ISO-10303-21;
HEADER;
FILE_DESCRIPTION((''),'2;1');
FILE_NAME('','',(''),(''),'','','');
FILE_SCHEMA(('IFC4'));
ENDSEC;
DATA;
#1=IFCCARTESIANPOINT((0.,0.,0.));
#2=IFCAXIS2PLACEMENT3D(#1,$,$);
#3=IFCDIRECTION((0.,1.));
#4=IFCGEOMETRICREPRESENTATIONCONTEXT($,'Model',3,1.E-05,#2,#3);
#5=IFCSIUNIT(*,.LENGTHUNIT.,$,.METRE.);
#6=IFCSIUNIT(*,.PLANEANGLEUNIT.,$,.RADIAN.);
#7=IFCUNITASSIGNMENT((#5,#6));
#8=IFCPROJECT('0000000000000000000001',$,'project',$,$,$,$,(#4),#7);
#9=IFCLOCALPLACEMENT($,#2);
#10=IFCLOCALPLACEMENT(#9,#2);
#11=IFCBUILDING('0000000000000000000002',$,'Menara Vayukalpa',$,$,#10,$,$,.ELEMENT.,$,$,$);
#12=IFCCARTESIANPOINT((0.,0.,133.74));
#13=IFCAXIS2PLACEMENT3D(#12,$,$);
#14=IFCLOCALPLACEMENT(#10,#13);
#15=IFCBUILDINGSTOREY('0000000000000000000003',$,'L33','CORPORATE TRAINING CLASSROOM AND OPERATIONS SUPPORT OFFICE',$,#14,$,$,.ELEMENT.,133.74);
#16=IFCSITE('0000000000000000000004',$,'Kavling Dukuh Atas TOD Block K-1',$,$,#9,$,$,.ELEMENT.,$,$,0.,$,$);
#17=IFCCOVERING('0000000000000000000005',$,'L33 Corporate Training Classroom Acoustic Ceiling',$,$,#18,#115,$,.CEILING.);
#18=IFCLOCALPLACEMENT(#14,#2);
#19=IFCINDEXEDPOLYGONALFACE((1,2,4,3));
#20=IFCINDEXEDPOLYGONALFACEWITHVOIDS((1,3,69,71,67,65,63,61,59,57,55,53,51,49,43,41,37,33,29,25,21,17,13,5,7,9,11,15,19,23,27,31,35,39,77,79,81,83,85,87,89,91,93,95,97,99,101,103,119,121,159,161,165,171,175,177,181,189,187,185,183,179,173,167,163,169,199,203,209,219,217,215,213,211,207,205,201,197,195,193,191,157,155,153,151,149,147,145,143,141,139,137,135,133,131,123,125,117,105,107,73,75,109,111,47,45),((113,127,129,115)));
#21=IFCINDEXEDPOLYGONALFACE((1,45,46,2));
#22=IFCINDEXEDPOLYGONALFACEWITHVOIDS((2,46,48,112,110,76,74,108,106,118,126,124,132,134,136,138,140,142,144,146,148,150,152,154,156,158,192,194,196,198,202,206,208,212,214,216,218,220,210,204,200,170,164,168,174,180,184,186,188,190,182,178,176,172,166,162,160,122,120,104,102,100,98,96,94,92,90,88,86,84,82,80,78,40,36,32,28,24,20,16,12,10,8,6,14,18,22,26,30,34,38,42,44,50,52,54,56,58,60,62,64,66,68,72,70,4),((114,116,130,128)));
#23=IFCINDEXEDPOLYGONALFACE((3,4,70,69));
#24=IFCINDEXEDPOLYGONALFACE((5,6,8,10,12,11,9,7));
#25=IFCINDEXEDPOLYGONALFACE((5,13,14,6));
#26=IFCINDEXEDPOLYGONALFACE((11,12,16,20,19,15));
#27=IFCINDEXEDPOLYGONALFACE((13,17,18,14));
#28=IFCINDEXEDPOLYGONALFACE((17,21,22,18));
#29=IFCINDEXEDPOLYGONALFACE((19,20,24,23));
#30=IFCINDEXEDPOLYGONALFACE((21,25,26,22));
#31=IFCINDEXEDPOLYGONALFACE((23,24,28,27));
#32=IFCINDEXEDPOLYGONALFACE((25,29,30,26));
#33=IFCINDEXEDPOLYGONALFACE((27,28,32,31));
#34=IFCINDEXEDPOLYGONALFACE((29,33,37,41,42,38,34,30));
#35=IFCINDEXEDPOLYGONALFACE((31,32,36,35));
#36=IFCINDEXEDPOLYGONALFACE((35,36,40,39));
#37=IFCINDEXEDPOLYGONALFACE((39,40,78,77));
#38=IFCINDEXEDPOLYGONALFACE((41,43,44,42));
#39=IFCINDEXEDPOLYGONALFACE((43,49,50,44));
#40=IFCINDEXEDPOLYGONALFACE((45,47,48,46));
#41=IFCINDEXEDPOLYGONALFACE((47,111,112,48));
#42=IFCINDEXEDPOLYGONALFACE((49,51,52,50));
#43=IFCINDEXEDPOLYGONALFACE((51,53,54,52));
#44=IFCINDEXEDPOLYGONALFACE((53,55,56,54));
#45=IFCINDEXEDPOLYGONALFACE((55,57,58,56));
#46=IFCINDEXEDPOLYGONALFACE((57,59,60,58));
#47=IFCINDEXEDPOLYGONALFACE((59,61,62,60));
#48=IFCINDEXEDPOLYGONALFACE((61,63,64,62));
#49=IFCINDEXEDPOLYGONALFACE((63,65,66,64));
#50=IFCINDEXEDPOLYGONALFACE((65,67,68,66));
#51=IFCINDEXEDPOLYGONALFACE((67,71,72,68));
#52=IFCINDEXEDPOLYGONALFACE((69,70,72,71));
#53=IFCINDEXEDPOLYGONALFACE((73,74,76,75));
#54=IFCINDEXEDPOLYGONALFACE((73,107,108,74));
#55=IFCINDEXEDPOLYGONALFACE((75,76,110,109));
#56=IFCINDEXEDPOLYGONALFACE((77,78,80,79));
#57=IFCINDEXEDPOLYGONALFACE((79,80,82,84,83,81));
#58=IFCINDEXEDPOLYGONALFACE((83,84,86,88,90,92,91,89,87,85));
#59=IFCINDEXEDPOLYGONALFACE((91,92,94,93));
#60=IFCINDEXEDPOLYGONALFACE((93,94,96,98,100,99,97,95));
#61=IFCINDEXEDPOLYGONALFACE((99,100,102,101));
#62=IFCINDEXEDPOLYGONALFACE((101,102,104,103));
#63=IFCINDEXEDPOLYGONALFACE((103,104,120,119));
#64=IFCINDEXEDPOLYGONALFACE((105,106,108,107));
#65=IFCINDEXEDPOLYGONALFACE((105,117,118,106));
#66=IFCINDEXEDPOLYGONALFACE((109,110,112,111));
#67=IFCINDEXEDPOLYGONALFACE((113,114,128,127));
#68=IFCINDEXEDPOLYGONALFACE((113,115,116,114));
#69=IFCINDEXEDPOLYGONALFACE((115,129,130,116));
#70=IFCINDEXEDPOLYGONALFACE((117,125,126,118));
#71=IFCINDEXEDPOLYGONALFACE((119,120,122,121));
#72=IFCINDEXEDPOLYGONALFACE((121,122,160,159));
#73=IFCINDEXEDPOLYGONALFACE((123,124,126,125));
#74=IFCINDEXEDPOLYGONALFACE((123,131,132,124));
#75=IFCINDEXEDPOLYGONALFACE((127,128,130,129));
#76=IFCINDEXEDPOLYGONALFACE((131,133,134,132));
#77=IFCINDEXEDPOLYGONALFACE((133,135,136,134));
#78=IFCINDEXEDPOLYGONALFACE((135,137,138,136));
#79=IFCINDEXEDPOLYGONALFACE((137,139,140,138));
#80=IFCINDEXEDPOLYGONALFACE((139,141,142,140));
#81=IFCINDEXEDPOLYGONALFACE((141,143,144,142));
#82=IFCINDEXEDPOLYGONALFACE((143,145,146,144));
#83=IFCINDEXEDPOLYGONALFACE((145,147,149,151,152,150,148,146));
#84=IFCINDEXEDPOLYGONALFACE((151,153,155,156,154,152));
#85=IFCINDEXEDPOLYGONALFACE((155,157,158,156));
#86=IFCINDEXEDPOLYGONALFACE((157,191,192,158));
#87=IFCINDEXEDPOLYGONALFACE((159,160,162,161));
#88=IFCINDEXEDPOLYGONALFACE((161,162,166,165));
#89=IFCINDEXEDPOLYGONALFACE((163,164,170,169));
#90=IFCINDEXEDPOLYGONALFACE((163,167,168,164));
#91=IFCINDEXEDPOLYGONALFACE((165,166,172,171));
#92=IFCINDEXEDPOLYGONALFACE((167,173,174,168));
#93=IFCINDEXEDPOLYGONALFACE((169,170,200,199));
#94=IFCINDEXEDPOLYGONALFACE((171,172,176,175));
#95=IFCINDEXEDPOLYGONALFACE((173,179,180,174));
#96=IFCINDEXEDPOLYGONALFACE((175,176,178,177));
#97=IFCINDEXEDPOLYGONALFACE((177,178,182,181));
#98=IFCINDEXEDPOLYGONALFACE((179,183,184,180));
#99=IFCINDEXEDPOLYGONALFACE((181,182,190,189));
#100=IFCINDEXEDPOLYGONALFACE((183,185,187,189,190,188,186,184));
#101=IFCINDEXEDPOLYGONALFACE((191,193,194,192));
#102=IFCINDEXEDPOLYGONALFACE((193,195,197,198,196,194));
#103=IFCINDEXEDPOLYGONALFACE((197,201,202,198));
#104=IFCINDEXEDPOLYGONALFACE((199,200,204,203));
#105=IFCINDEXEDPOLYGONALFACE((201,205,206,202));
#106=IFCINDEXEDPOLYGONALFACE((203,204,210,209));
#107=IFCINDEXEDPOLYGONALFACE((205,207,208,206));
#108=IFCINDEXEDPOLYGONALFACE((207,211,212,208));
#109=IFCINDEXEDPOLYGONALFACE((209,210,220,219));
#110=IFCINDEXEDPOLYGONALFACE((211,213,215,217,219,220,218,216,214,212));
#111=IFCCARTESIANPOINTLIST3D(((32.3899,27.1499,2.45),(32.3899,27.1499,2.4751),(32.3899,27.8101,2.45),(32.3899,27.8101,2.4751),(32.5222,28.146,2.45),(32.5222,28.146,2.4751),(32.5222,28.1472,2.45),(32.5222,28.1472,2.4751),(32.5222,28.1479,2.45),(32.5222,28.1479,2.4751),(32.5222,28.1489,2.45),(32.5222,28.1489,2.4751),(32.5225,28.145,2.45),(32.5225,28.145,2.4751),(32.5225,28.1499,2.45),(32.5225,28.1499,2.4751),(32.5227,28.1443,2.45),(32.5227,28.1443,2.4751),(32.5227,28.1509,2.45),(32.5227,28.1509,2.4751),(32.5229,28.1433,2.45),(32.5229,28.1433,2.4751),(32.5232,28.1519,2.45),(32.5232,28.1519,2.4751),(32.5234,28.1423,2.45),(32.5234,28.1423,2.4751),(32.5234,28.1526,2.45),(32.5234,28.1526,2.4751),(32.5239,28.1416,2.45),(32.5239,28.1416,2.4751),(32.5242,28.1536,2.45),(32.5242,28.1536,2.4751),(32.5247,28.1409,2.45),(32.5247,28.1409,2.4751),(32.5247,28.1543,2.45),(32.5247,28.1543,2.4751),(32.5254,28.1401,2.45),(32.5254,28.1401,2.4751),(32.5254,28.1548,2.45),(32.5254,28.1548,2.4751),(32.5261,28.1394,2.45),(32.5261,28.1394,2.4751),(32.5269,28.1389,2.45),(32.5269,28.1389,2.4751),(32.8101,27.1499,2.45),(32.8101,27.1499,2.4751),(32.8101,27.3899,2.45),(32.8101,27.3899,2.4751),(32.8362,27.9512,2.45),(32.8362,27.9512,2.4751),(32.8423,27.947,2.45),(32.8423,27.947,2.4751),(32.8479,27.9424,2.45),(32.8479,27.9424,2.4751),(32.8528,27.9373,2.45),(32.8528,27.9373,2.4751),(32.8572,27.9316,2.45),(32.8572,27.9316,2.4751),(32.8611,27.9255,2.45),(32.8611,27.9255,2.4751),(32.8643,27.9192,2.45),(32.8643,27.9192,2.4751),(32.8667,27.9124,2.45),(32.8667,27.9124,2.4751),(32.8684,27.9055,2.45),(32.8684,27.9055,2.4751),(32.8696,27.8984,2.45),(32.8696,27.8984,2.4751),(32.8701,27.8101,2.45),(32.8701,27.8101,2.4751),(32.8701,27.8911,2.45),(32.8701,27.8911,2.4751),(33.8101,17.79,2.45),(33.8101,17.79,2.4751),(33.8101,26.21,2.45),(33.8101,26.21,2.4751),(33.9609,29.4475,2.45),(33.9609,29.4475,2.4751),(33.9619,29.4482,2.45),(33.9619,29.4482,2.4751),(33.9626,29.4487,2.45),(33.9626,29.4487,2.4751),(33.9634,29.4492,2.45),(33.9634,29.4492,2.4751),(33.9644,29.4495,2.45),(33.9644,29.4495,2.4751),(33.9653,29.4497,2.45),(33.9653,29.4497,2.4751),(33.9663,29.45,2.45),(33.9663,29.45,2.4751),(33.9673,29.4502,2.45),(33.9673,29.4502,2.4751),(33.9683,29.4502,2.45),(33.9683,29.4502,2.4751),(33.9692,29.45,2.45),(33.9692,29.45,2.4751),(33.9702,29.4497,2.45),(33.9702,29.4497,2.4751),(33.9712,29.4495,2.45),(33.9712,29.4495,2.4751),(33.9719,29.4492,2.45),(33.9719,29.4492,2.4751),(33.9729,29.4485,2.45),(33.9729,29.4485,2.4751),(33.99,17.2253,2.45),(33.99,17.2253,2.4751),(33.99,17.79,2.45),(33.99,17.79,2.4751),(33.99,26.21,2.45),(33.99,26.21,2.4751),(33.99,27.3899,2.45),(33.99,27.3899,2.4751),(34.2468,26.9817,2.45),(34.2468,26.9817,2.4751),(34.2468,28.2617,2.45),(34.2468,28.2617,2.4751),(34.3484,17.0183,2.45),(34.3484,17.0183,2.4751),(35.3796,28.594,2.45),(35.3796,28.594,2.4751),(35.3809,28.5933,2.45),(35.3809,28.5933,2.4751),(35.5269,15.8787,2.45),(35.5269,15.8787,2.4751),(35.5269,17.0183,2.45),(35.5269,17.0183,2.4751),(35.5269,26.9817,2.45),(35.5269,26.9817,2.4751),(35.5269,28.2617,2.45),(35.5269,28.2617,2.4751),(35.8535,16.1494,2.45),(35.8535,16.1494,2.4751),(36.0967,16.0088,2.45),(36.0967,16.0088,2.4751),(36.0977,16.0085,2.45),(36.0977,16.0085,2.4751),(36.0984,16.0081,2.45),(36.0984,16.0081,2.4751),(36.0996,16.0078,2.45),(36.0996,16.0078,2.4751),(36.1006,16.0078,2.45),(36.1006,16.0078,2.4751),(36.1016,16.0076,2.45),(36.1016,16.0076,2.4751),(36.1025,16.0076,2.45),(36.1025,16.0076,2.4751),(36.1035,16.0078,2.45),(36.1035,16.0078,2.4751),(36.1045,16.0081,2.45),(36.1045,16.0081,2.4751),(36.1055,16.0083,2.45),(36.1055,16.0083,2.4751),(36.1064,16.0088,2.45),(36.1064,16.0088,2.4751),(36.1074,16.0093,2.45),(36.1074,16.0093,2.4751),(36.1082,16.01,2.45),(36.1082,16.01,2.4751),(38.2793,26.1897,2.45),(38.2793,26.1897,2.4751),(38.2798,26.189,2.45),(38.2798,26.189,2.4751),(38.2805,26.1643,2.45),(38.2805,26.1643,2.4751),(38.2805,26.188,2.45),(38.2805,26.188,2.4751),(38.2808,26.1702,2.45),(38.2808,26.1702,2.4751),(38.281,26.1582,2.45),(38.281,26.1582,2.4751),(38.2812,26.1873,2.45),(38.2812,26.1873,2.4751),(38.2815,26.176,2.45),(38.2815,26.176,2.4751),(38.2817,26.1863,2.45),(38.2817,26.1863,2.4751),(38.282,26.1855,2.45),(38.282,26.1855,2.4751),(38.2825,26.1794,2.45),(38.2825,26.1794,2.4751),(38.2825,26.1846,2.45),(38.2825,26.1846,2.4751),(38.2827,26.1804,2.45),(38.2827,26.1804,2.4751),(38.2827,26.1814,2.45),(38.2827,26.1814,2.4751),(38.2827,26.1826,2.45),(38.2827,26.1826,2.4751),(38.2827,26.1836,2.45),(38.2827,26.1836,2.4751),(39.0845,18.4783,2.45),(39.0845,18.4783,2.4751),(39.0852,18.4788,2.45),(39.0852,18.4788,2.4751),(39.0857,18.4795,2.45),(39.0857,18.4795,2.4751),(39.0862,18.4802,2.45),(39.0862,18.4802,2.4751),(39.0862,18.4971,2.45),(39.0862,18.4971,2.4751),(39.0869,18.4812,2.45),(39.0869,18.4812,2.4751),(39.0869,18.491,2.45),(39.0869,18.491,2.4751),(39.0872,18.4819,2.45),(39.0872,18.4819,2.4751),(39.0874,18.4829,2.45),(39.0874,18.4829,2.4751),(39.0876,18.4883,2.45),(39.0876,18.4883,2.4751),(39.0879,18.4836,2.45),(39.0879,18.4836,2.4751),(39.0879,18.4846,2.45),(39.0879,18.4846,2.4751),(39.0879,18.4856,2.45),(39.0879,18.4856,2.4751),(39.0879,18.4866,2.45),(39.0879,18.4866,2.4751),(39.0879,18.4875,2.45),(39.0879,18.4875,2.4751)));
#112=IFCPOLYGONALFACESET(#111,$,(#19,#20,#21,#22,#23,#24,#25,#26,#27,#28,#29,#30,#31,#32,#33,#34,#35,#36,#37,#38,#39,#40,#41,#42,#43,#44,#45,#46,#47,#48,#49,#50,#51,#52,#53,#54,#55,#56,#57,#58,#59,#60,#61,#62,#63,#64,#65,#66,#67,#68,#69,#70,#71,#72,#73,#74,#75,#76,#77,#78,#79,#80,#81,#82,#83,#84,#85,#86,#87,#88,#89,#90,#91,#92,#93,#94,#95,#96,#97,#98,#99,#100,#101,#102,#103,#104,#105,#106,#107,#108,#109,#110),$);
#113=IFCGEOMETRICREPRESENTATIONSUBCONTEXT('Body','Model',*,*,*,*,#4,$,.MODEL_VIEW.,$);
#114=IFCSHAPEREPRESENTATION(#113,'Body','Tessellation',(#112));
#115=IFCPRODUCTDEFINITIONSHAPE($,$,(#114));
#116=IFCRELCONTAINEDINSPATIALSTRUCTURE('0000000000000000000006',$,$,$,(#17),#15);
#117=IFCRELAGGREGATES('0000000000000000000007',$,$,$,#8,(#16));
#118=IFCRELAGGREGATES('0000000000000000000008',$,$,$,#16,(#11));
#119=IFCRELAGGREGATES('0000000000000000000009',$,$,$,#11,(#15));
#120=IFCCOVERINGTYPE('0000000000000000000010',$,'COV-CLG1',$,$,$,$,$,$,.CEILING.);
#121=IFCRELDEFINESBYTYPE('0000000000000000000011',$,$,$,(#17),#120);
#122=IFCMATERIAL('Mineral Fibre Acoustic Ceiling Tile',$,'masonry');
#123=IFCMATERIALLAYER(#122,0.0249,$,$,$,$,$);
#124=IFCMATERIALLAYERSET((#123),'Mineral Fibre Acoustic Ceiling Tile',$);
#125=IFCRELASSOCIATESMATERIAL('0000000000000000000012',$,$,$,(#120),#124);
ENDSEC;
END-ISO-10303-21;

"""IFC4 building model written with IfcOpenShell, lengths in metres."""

from ifc_helpers import new_model, si_unit, direction, frame, origin, place, context, subcontext, project, spatial, polyline, outline, extrude, material, layer, layer_set, type_object, element, save


model = new_model("IFC4")

# Units and contexts
model_context = context("Model", 3, precision=1e-05, world=origin(), true_north=direction((0.0, 1.0)))
body_context = subcontext(model_context, "Body", "Model", "MODEL_VIEW")
ifc_project = project(units=[si_unit("LENGTHUNIT", "METRE"), si_unit("PLANEANGLEUNIT", "RADIAN")], contexts=[model_context])

# Site, building, storey
site_placement = place(None, origin())
site = spatial("IfcSite", under=ifc_project, at=site_placement, Name="Kavling Dukuh Atas TOD Block K-1", CompositionType="ELEMENT", RefElevation=0.0)
building_placement = place(site_placement, origin())
building = spatial("IfcBuilding", under=site, at=building_placement, Name="Menara Vayukalpa", CompositionType="ELEMENT")
storey_placement = place(building_placement, frame((0.0, 0.0, 133.74)))
storey = spatial("IfcBuildingStorey", under=building, at=storey_placement, Name="L33", Description="CORPORATE TRAINING CLASSROOM AND OPERATIONS SUPPORT OFFICE", CompositionType="ELEMENT", Elevation=133.74)

# Covering
ifc_material_1 = material(Name="Mineral Fibre Acoustic Ceiling Tile", Category="masonry")
ifc_layer_1 = layer(ifc_material_1, 0.0249)
ifc_layer_set_1 = layer_set([ifc_layer_1], Name="Mineral Fibre Acoustic Ceiling Tile")
covering_type_1 = type_object("IfcCoveringType", Name="COV-CLG1", PredefinedType="CEILING", material=ifc_layer_set_1)
covering_1_placement = place(storey_placement, frame((0.0, 0.0, 2.45)))
element("IfcCovering", 1, at=covering_1_placement, inside=storey, type_object=covering_type_1, Name="L33 Corporate Training Classroom Acoustic Ceiling", PredefinedType="CEILING", context=body_context, shape_type="SweptSolid", body=[
    extrude(outline(polyline([(33.99, 17.2253), (33.99, 17.79), (33.8101, 17.79), (33.8101, 26.21), (33.99, 26.21), (33.99, 27.3899), (32.8101, 27.3899), (32.8101, 27.1499), (32.3899, 27.1499), (32.3899, 27.8101), (32.8701, 27.8101), (32.8701, 27.8911), (32.8696, 27.8984), (32.8684, 27.9055), (32.8667, 27.9124), (32.8643, 27.9192), (32.8611, 27.9255), (32.8572, 27.9316), (32.8528, 27.9373), (32.8479, 27.9424), (32.8423, 27.947), (32.8362, 27.9512), (32.5269, 28.1389), (32.5261, 28.1394), (32.5254, 28.1401), (32.5247, 28.1409), (32.5239, 28.1416), (32.5234, 28.1423), (32.5229, 28.1433), (32.5227, 28.1443), (32.5225, 28.145), (32.5222, 28.146), (32.5222, 28.1472), (32.5222, 28.1479), (32.5222, 28.1489), (32.5225, 28.1499), (32.5227, 28.1509), (32.5232, 28.1519), (32.5234, 28.1526), (32.5242, 28.1536), (32.5247, 28.1543), (32.5254, 28.1548), (33.9609, 29.4475), (33.9619, 29.4482), (33.9626, 29.4487), (33.9634, 29.4492), (33.9644, 29.4495), (33.9653, 29.4497), (33.9663, 29.45), (33.9673, 29.4502), (33.9683, 29.4502), (33.9692, 29.45), (33.9702, 29.4497), (33.9712, 29.4495), (33.9719, 29.4492), (33.9729, 29.4485), (35.3796, 28.594), (35.3809, 28.5933), (38.2793, 26.1897), (38.2798, 26.189), (38.2805, 26.188), (38.2812, 26.1873), (38.2817, 26.1863), (38.282, 26.1855), (38.2825, 26.1846), (38.2827, 26.1836), (38.2827, 26.1826), (38.2827, 26.1814), (38.2827, 26.1804), (38.2825, 26.1794), (38.2815, 26.176), (38.2808, 26.1702), (38.2805, 26.1643), (38.281, 26.1582), (39.0862, 18.4971), (39.0869, 18.491), (39.0876, 18.4883), (39.0879, 18.4875), (39.0879, 18.4866), (39.0879, 18.4856), (39.0879, 18.4846), (39.0879, 18.4836), (39.0874, 18.4829), (39.0872, 18.4819), (39.0869, 18.4812), (39.0862, 18.4802), (39.0857, 18.4795), (39.0852, 18.4788), (39.0845, 18.4783), (36.1082, 16.01), (36.1074, 16.0093), (36.1064, 16.0088), (36.1055, 16.0083), (36.1045, 16.0081), (36.1035, 16.0078), (36.1025, 16.0076), (36.1016, 16.0076), (36.1006, 16.0078), (36.0996, 16.0078), (36.0984, 16.0081), (36.0977, 16.0085), (36.0967, 16.0088), (35.8535, 16.1494), (35.5269, 15.8787), (35.5269, 17.0183), (34.3484, 17.0183), (33.99, 17.2253)]), holes=[polyline([(35.5269, 26.9817), (35.5269, 28.2617), (34.2468, 28.2617), (34.2468, 26.9817), (35.5269, 26.9817)])]), origin(), (0.0, 0.0, 1.0), 0.0251),
])

save(model, "model.ifc")
